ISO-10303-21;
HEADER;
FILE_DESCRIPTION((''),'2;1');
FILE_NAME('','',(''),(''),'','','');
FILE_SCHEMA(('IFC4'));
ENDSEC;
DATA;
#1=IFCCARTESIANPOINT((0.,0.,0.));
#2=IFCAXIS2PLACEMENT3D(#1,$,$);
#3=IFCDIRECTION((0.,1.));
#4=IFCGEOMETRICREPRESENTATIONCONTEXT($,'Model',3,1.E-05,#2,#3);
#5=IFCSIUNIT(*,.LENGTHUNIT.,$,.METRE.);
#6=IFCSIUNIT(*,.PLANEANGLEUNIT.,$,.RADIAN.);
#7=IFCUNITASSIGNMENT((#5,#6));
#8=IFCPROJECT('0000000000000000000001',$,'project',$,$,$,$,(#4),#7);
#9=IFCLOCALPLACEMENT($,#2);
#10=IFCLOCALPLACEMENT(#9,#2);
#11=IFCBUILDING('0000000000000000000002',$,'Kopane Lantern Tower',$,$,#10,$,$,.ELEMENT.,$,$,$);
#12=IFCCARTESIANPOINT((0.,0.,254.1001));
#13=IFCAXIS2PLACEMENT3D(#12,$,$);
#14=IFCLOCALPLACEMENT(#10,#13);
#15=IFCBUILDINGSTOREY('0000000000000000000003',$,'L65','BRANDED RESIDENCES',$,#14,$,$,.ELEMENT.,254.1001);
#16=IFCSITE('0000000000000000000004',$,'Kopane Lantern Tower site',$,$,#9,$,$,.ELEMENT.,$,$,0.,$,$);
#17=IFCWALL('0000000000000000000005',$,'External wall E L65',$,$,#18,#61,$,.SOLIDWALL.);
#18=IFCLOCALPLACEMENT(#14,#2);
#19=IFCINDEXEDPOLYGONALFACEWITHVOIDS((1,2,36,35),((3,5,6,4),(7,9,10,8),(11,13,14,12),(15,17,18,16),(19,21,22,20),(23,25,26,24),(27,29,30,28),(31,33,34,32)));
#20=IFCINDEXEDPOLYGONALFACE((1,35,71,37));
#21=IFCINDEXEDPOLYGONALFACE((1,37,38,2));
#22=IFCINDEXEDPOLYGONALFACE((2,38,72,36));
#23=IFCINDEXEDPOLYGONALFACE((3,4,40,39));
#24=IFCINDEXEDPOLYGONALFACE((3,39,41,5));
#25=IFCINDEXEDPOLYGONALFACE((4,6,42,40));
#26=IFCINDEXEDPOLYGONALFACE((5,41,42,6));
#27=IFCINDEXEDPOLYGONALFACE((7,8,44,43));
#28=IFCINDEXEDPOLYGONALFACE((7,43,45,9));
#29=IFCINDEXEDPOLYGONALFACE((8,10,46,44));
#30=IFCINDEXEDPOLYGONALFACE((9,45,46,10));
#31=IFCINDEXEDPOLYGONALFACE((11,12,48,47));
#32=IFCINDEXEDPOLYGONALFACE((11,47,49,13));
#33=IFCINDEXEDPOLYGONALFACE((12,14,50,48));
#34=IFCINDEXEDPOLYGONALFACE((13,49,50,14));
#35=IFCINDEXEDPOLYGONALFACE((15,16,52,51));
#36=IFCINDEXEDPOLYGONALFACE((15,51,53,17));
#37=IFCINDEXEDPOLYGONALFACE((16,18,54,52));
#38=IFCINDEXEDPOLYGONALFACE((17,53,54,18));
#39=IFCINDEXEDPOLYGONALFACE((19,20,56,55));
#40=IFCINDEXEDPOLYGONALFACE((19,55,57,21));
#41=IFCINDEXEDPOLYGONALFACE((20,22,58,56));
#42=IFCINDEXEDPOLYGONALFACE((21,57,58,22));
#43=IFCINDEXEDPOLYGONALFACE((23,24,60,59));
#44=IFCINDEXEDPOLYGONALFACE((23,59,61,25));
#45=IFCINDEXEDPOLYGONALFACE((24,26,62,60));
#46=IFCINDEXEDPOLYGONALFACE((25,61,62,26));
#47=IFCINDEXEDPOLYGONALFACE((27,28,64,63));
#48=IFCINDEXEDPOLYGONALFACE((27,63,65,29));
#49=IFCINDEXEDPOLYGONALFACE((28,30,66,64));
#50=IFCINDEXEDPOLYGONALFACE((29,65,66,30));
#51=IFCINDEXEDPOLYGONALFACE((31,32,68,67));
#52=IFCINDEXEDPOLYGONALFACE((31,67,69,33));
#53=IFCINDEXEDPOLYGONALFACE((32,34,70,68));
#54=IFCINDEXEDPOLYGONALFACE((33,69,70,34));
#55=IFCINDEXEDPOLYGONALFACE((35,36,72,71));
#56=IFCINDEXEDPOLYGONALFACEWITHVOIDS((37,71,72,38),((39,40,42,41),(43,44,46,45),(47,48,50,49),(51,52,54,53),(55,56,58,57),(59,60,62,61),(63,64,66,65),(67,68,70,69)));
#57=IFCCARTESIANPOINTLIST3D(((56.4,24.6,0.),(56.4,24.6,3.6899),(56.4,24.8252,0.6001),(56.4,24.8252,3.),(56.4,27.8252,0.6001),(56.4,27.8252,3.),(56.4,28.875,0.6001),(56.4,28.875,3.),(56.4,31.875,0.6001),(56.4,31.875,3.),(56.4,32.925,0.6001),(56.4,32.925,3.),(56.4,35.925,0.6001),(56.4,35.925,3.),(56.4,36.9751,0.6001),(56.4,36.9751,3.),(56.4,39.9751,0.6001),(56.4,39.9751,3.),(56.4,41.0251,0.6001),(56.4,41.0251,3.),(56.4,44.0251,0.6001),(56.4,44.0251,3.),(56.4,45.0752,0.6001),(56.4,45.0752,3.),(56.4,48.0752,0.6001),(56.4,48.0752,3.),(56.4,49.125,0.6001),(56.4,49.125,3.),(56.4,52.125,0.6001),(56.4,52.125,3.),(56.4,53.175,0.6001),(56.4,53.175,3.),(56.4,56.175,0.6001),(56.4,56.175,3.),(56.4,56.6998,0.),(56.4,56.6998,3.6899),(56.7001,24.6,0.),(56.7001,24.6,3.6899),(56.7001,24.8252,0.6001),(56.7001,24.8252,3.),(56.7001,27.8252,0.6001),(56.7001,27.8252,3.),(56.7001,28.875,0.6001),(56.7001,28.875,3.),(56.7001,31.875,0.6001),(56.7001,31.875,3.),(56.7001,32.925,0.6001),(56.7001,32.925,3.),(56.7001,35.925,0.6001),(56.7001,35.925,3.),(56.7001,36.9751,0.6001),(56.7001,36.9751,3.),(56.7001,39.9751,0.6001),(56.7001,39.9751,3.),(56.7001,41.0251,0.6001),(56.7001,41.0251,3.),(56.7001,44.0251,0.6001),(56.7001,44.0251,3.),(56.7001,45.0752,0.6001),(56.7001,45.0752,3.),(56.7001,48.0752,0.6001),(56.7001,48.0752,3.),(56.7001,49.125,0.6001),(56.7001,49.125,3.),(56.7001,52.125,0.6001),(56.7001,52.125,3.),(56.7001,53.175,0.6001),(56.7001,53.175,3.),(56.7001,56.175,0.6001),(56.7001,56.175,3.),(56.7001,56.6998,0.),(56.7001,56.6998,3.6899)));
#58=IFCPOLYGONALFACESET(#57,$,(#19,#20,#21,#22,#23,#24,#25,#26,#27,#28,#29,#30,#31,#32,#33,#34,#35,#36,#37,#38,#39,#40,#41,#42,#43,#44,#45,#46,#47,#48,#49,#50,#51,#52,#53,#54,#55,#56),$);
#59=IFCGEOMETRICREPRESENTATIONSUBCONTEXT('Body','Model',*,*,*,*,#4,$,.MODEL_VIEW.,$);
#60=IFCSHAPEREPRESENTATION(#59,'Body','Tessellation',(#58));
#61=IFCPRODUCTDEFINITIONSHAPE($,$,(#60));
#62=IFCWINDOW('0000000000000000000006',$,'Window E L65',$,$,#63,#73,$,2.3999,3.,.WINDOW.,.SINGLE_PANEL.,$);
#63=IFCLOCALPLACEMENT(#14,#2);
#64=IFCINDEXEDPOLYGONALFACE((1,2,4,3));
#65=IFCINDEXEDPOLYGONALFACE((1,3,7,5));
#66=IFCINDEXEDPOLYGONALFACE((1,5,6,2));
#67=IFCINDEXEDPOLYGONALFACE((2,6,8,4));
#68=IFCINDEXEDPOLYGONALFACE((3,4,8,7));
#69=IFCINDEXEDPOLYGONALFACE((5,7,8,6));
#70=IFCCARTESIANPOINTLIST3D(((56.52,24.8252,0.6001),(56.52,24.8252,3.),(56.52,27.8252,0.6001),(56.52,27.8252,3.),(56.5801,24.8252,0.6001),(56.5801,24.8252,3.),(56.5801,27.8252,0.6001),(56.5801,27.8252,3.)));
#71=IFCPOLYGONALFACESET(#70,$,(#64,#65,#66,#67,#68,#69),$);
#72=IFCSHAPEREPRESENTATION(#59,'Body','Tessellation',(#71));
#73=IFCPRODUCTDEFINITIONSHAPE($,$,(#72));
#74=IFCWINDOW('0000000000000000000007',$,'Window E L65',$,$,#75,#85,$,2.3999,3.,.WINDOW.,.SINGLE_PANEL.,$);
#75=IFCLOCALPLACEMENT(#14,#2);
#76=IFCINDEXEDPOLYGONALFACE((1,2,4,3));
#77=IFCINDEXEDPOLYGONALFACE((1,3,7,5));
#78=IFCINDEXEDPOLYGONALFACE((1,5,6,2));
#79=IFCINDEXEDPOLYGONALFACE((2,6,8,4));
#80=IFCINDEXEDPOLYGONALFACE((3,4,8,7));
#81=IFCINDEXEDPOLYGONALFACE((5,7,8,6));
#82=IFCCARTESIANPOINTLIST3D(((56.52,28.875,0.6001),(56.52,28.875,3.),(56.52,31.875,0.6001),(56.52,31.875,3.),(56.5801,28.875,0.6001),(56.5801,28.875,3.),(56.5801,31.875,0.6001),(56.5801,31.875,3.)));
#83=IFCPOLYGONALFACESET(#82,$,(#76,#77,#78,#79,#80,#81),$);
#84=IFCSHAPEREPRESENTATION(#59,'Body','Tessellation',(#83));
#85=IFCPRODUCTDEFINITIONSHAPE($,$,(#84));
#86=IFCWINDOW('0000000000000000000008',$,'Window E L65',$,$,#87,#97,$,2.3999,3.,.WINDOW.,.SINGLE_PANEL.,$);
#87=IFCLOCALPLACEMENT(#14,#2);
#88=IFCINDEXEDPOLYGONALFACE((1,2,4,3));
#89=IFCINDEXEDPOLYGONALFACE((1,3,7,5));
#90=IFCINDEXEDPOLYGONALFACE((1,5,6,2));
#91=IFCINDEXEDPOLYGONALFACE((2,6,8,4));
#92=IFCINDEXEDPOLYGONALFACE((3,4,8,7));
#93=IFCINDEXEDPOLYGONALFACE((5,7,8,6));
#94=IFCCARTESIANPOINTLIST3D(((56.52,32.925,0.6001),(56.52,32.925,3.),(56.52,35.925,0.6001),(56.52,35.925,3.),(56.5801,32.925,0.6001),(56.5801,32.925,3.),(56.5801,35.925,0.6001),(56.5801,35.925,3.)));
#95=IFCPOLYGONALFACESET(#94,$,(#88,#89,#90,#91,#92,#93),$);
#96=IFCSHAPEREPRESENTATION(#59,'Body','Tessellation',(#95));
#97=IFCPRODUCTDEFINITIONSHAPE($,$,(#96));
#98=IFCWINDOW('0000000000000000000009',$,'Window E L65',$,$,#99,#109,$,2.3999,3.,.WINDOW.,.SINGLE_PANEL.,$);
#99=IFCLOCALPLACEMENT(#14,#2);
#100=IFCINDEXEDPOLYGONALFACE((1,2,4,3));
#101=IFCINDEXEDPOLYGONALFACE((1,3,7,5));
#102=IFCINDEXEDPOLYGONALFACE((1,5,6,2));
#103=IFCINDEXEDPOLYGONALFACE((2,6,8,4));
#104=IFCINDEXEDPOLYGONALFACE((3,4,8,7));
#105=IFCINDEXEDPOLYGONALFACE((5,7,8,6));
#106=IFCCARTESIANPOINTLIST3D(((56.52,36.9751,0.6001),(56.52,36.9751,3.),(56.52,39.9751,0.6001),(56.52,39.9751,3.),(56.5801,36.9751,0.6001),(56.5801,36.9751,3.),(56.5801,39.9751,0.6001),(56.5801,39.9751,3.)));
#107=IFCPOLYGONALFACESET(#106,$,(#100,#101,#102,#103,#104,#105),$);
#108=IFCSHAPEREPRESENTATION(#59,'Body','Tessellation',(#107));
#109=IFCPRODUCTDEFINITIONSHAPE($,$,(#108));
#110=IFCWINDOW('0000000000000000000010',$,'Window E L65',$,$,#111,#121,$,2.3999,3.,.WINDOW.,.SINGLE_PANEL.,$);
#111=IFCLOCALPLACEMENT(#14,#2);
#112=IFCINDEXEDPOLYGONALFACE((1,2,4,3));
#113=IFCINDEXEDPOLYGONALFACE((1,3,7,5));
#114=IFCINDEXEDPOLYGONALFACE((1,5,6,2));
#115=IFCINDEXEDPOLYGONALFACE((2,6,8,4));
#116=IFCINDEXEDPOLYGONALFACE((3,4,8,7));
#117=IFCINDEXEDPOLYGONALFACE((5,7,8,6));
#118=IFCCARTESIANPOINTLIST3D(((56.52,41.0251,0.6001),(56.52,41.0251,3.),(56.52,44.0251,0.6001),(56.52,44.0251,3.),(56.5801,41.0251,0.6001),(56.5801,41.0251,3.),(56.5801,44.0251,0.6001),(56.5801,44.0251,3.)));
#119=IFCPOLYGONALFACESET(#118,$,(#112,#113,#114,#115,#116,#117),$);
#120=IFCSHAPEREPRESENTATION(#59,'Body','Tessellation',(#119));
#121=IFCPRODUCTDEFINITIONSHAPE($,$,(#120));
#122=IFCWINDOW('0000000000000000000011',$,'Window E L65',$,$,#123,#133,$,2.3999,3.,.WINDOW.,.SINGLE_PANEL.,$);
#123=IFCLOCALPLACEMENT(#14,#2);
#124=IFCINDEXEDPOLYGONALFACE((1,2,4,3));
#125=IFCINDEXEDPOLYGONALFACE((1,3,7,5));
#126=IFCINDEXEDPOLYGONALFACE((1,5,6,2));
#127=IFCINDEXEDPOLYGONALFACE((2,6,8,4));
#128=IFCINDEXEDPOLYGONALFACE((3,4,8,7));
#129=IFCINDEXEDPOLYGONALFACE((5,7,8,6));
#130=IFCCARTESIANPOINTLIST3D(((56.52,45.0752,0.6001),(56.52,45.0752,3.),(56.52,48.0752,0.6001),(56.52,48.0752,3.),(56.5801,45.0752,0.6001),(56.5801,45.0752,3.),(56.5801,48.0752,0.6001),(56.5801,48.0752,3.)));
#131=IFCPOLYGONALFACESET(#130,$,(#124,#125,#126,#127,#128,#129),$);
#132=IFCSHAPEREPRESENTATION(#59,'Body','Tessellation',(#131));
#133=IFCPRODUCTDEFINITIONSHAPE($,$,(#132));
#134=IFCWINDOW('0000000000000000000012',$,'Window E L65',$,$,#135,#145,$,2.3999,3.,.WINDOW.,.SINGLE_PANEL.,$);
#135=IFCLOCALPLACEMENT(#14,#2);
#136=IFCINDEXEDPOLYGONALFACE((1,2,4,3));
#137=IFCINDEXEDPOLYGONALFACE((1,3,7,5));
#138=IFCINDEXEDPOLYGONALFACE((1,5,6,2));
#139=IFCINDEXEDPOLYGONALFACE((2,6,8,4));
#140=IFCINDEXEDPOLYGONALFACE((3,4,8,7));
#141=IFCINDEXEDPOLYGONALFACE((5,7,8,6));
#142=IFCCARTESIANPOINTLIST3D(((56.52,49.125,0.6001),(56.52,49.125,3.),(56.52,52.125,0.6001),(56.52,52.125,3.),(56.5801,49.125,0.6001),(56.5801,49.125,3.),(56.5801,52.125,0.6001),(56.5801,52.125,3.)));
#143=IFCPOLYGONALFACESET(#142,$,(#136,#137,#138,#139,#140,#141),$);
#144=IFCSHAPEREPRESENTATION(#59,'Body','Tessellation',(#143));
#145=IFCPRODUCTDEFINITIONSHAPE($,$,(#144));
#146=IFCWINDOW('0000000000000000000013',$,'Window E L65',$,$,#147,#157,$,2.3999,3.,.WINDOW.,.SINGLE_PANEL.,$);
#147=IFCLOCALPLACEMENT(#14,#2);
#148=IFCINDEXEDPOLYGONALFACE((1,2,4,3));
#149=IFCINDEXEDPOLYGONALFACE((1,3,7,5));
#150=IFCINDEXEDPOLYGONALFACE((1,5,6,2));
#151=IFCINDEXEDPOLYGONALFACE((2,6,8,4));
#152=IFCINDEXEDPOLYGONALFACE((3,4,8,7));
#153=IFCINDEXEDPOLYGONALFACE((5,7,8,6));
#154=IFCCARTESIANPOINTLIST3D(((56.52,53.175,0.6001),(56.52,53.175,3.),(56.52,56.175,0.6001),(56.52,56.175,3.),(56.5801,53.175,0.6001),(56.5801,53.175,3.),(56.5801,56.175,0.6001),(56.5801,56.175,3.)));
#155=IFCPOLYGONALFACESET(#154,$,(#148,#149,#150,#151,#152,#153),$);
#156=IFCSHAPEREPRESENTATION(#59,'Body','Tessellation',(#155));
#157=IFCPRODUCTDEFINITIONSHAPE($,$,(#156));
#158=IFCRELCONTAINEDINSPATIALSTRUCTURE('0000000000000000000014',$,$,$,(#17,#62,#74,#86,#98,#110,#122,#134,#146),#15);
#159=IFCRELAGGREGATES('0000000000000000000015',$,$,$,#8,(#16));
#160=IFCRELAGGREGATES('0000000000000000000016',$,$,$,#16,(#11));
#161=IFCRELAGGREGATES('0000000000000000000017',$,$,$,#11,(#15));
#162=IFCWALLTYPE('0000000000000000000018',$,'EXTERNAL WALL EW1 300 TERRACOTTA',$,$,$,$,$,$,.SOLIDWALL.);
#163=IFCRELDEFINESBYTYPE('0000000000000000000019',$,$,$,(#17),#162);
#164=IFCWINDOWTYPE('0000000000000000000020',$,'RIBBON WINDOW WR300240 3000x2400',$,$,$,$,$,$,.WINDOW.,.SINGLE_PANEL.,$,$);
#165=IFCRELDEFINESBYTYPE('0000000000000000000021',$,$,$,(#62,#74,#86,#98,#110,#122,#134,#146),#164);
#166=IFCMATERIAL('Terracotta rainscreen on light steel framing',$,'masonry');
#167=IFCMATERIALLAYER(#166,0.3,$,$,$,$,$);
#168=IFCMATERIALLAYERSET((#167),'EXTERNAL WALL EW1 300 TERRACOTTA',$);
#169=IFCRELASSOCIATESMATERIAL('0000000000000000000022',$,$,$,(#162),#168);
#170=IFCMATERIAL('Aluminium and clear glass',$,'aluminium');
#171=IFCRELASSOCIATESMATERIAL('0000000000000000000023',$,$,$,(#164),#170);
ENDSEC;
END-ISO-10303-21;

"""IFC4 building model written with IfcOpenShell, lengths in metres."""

from ifc_helpers import new_model, si_unit, direction, frame, frame_2d, origin, place, context, subcontext, project, spatial, rectangle, extrude, material, layer, layer_set, type_object, element, fill, save


model = new_model("IFC4")

# Units and contexts
model_context = context("Model", 3, precision=1e-05, world=origin(), true_north=direction((0.0, 1.0)))
body_context = subcontext(model_context, "Body", "Model", "MODEL_VIEW")
ifc_project = project(units=[si_unit("LENGTHUNIT", "METRE"), si_unit("PLANEANGLEUNIT", "RADIAN")], contexts=[model_context])

# Site, building, storey
site_placement = place(None, origin())
site = spatial("IfcSite", under=ifc_project, at=site_placement, Name="Kopane Lantern Tower site", CompositionType="ELEMENT", RefElevation=0.0)
building_placement = place(site_placement, origin())
building = spatial("IfcBuilding", under=site, at=building_placement, Name="Kopane Lantern Tower", CompositionType="ELEMENT")
storey_placement = place(building_placement, frame((0.0, 0.0, 254.1001)))
storey = spatial("IfcBuildingStorey", under=building, at=storey_placement, Name="L65", Description="BRANDED RESIDENCES", CompositionType="ELEMENT", Elevation=254.1001)

# Shared definitions
ifc_material_1 = material(Name="Terracotta rainscreen on light steel framing", Category="masonry")
ifc_layer_1 = layer(ifc_material_1, 0.3)
ifc_layer_set_1 = layer_set([ifc_layer_1], Name="EXTERNAL WALL EW1 300 TERRACOTTA")
wall_type_1 = type_object("IfcWallType", Name="EXTERNAL WALL EW1 300 TERRACOTTA", PredefinedType="SOLIDWALL", material=ifc_layer_set_1)

# Wall, openings, windows
wall_1_placement = place(storey_placement, frame((56.55, 24.6001, 0.0), z_axis=(0.0, 0.0, 1.0), x_axis=(0.0, 1.0, 0.0)))
wall_1 = element("IfcWall", 1, at=wall_1_placement, inside=storey, type_object=wall_type_1, Name="External wall E L65", PredefinedType="SOLIDWALL", context=body_context, shape_type="SweptSolid", body=[
    extrude(rectangle(XDim=32.0999, YDim=0.3, at=frame_2d((16.0498, 0.0))), origin(), (0.0, 0.0, 1.0), 3.6899),
])
opening_1_placement = place(wall_1_placement, frame((0.2251, 0.0, 0.6001)))
opening_1 = element("IfcOpeningElement", 2, at=opening_1_placement, cuts=wall_1, PredefinedType="OPENING", context=body_context, shape_type="SweptSolid", body=[
    extrude(rectangle(XDim=3.0, YDim=2.3999, at=frame_2d((1.5, 1.2))), frame((0.0, 0.1599, 0.0), z_axis=(0.0, -1.0, 0.0), x_axis=(1.0, 0.0, 0.0)), (0.0, 0.0, 1.0), 0.3201),
])
opening_2_placement = place(wall_1_placement, frame((4.2749, 0.0, 0.6001)))
opening_2 = element("IfcOpeningElement", 3, at=opening_2_placement, cuts=wall_1, PredefinedType="OPENING", context=body_context, shape_type="SweptSolid", body=[
    extrude(rectangle(XDim=3.0, YDim=2.3999, at=frame_2d((1.5, 1.2))), frame((0.0, 0.1599, 0.0), z_axis=(0.0, -1.0, 0.0), x_axis=(1.0, 0.0, 0.0)), (0.0, 0.0, 1.0), 0.3201),
])
opening_3_placement = place(wall_1_placement, frame((8.325, 0.0, 0.6001)))
opening_3 = element("IfcOpeningElement", 4, at=opening_3_placement, cuts=wall_1, PredefinedType="OPENING", context=body_context, shape_type="SweptSolid", body=[
    extrude(rectangle(XDim=3.0, YDim=2.3999, at=frame_2d((1.5, 1.2))), frame((0.0, 0.1599, 0.0), z_axis=(0.0, -1.0, 0.0), x_axis=(1.0, 0.0, 0.0)), (0.0, 0.0, 1.0), 0.3201),
])
opening_4_placement = place(wall_1_placement, frame((12.375, 0.0, 0.6001)))
opening_4 = element("IfcOpeningElement", 5, at=opening_4_placement, cuts=wall_1, PredefinedType="OPENING", context=body_context, shape_type="SweptSolid", body=[
    extrude(rectangle(XDim=3.0, YDim=2.3999, at=frame_2d((1.5, 1.2))), frame((0.0, 0.1599, 0.0), z_axis=(0.0, -1.0, 0.0), x_axis=(1.0, 0.0, 0.0)), (0.0, 0.0, 1.0), 0.3201),
])
opening_5_placement = place(wall_1_placement, frame((16.425, 0.0, 0.6001)))
opening_5 = element("IfcOpeningElement", 6, at=opening_5_placement, cuts=wall_1, PredefinedType="OPENING", context=body_context, shape_type="SweptSolid", body=[
    extrude(rectangle(XDim=3.0, YDim=2.3999, at=frame_2d((1.5, 1.2))), frame((0.0, 0.1599, 0.0), z_axis=(0.0, -1.0, 0.0), x_axis=(1.0, 0.0, 0.0)), (0.0, 0.0, 1.0), 0.3201),
])
opening_6_placement = place(wall_1_placement, frame((20.4751, 0.0, 0.6001)))
opening_6 = element("IfcOpeningElement", 7, at=opening_6_placement, cuts=wall_1, PredefinedType="OPENING", context=body_context, shape_type="SweptSolid", body=[
    extrude(rectangle(XDim=3.0, YDim=2.3999, at=frame_2d((1.5, 1.2))), frame((0.0, 0.1599, 0.0), z_axis=(0.0, -1.0, 0.0), x_axis=(1.0, 0.0, 0.0)), (0.0, 0.0, 1.0), 0.3201),
])
opening_7_placement = place(wall_1_placement, frame((24.5249, 0.0, 0.6001)))
opening_7 = element("IfcOpeningElement", 8, at=opening_7_placement, cuts=wall_1, PredefinedType="OPENING", context=body_context, shape_type="SweptSolid", body=[
    extrude(rectangle(XDim=3.0, YDim=2.3999, at=frame_2d((1.5, 1.2))), frame((0.0, 0.1599, 0.0), z_axis=(0.0, -1.0, 0.0), x_axis=(1.0, 0.0, 0.0)), (0.0, 0.0, 1.0), 0.3201),
])
opening_8_placement = place(wall_1_placement, frame((28.575, 0.0, 0.6001)))
opening_8 = element("IfcOpeningElement", 9, at=opening_8_placement, cuts=wall_1, PredefinedType="OPENING", context=body_context, shape_type="SweptSolid", body=[
    extrude(rectangle(XDim=3.0, YDim=2.3999, at=frame_2d((1.5, 1.2))), frame((0.0, 0.1599, 0.0), z_axis=(0.0, -1.0, 0.0), x_axis=(1.0, 0.0, 0.0)), (0.0, 0.0, 1.0), 0.3201),
])
ifc_material_2 = material(Name="Aluminium and clear glass", Category="aluminium")
window_type_1 = type_object("IfcWindowType", Name="RIBBON WINDOW WR300240 3000x2400", PartitioningType="SINGLE_PANEL", PredefinedType="WINDOW", material=ifc_material_2)
window_1_placement = place(opening_1_placement, origin())
window_1 = element("IfcWindow", 10, at=window_1_placement, inside=storey, type_object=window_type_1, Name="Window E L65", OverallHeight=2.3999, OverallWidth=3.0, PartitioningType="SINGLE_PANEL", PredefinedType="WINDOW", context=body_context, shape_type="SweptSolid", body=[
    extrude(rectangle(XDim=3.0, YDim=2.3999, at=frame_2d((1.5, 1.2))), frame((0.0, 0.03, 0.0), z_axis=(0.0, -1.0, 0.0), x_axis=(1.0, 0.0, 0.0)), (0.0, 0.0, 1.0), 0.0601),
])
fill(opening_1, window_1)
window_2_placement = place(opening_2_placement, origin())
window_2 = element("IfcWindow", 11, at=window_2_placement, inside=storey, type_object=window_type_1, Name="Window E L65", OverallHeight=2.3999, OverallWidth=3.0, PartitioningType="SINGLE_PANEL", PredefinedType="WINDOW", context=body_context, shape_type="SweptSolid", body=[
    extrude(rectangle(XDim=3.0, YDim=2.3999, at=frame_2d((1.5, 1.2))), frame((0.0, 0.03, 0.0), z_axis=(0.0, -1.0, 0.0), x_axis=(1.0, 0.0, 0.0)), (0.0, 0.0, 1.0), 0.0601),
])
fill(opening_2, window_2)
window_3_placement = place(opening_3_placement, origin())
window_3 = element("IfcWindow", 12, at=window_3_placement, inside=storey, type_object=window_type_1, Name="Window E L65", OverallHeight=2.3999, OverallWidth=3.0, PartitioningType="SINGLE_PANEL", PredefinedType="WINDOW", context=body_context, shape_type="SweptSolid", body=[
    extrude(rectangle(XDim=3.0, YDim=2.3999, at=frame_2d((1.5, 1.2))), frame((0.0, 0.03, 0.0), z_axis=(0.0, -1.0, 0.0), x_axis=(1.0, 0.0, 0.0)), (0.0, 0.0, 1.0), 0.0601),
])
fill(opening_3, window_3)
window_4_placement = place(opening_4_placement, origin())
window_4 = element("IfcWindow", 13, at=window_4_placement, inside=storey, type_object=window_type_1, Name="Window E L65", OverallHeight=2.3999, OverallWidth=3.0, PartitioningType="SINGLE_PANEL", PredefinedType="WINDOW", context=body_context, shape_type="SweptSolid", body=[
    extrude(rectangle(XDim=3.0, YDim=2.3999, at=frame_2d((1.5, 1.2))), frame((0.0, 0.03, 0.0), z_axis=(0.0, -1.0, 0.0), x_axis=(1.0, 0.0, 0.0)), (0.0, 0.0, 1.0), 0.0601),
])
fill(opening_4, window_4)
window_5_placement = place(opening_5_placement, origin())
window_5 = element("IfcWindow", 14, at=window_5_placement, inside=storey, type_object=window_type_1, Name="Window E L65", OverallHeight=2.3999, OverallWidth=3.0, PartitioningType="SINGLE_PANEL", PredefinedType="WINDOW", context=body_context, shape_type="SweptSolid", body=[
    extrude(rectangle(XDim=3.0, YDim=2.3999, at=frame_2d((1.5, 1.2))), frame((0.0, 0.03, 0.0), z_axis=(0.0, -1.0, 0.0), x_axis=(1.0, 0.0, 0.0)), (0.0, 0.0, 1.0), 0.0601),
])
fill(opening_5, window_5)
window_6_placement = place(opening_6_placement, origin())
window_6 = element("IfcWindow", 15, at=window_6_placement, inside=storey, type_object=window_type_1, Name="Window E L65", OverallHeight=2.3999, OverallWidth=3.0, PartitioningType="SINGLE_PANEL", PredefinedType="WINDOW", context=body_context, shape_type="SweptSolid", body=[
    extrude(rectangle(XDim=3.0, YDim=2.3999, at=frame_2d((1.5, 1.2))), frame((0.0, 0.03, 0.0), z_axis=(0.0, -1.0, 0.0), x_axis=(1.0, 0.0, 0.0)), (0.0, 0.0, 1.0), 0.0601),
])
fill(opening_6, window_6)
window_7_placement = place(opening_7_placement, origin())
window_7 = element("IfcWindow", 16, at=window_7_placement, inside=storey, type_object=window_type_1, Name="Window E L65", OverallHeight=2.3999, OverallWidth=3.0, PartitioningType="SINGLE_PANEL", PredefinedType="WINDOW", context=body_context, shape_type="SweptSolid", body=[
    extrude(rectangle(XDim=3.0, YDim=2.3999, at=frame_2d((1.5, 1.2))), frame((0.0, 0.03, 0.0), z_axis=(0.0, -1.0, 0.0), x_axis=(1.0, 0.0, 0.0)), (0.0, 0.0, 1.0), 0.0601),
])
fill(opening_7, window_7)
window_8_placement = place(opening_8_placement, origin())
window_8 = element("IfcWindow", 17, at=window_8_placement, inside=storey, type_object=window_type_1, Name="Window E L65", OverallHeight=2.3999, OverallWidth=3.0, PartitioningType="SINGLE_PANEL", PredefinedType="WINDOW", context=body_context, shape_type="SweptSolid", body=[
    extrude(rectangle(XDim=3.0, YDim=2.3999, at=frame_2d((1.5, 1.2))), frame((0.0, 0.03, 0.0), z_axis=(0.0, -1.0, 0.0), x_axis=(1.0, 0.0, 0.0)), (0.0, 0.0, 1.0), 0.0601),
])
fill(opening_8, window_8)

save(model, "model.ifc")
